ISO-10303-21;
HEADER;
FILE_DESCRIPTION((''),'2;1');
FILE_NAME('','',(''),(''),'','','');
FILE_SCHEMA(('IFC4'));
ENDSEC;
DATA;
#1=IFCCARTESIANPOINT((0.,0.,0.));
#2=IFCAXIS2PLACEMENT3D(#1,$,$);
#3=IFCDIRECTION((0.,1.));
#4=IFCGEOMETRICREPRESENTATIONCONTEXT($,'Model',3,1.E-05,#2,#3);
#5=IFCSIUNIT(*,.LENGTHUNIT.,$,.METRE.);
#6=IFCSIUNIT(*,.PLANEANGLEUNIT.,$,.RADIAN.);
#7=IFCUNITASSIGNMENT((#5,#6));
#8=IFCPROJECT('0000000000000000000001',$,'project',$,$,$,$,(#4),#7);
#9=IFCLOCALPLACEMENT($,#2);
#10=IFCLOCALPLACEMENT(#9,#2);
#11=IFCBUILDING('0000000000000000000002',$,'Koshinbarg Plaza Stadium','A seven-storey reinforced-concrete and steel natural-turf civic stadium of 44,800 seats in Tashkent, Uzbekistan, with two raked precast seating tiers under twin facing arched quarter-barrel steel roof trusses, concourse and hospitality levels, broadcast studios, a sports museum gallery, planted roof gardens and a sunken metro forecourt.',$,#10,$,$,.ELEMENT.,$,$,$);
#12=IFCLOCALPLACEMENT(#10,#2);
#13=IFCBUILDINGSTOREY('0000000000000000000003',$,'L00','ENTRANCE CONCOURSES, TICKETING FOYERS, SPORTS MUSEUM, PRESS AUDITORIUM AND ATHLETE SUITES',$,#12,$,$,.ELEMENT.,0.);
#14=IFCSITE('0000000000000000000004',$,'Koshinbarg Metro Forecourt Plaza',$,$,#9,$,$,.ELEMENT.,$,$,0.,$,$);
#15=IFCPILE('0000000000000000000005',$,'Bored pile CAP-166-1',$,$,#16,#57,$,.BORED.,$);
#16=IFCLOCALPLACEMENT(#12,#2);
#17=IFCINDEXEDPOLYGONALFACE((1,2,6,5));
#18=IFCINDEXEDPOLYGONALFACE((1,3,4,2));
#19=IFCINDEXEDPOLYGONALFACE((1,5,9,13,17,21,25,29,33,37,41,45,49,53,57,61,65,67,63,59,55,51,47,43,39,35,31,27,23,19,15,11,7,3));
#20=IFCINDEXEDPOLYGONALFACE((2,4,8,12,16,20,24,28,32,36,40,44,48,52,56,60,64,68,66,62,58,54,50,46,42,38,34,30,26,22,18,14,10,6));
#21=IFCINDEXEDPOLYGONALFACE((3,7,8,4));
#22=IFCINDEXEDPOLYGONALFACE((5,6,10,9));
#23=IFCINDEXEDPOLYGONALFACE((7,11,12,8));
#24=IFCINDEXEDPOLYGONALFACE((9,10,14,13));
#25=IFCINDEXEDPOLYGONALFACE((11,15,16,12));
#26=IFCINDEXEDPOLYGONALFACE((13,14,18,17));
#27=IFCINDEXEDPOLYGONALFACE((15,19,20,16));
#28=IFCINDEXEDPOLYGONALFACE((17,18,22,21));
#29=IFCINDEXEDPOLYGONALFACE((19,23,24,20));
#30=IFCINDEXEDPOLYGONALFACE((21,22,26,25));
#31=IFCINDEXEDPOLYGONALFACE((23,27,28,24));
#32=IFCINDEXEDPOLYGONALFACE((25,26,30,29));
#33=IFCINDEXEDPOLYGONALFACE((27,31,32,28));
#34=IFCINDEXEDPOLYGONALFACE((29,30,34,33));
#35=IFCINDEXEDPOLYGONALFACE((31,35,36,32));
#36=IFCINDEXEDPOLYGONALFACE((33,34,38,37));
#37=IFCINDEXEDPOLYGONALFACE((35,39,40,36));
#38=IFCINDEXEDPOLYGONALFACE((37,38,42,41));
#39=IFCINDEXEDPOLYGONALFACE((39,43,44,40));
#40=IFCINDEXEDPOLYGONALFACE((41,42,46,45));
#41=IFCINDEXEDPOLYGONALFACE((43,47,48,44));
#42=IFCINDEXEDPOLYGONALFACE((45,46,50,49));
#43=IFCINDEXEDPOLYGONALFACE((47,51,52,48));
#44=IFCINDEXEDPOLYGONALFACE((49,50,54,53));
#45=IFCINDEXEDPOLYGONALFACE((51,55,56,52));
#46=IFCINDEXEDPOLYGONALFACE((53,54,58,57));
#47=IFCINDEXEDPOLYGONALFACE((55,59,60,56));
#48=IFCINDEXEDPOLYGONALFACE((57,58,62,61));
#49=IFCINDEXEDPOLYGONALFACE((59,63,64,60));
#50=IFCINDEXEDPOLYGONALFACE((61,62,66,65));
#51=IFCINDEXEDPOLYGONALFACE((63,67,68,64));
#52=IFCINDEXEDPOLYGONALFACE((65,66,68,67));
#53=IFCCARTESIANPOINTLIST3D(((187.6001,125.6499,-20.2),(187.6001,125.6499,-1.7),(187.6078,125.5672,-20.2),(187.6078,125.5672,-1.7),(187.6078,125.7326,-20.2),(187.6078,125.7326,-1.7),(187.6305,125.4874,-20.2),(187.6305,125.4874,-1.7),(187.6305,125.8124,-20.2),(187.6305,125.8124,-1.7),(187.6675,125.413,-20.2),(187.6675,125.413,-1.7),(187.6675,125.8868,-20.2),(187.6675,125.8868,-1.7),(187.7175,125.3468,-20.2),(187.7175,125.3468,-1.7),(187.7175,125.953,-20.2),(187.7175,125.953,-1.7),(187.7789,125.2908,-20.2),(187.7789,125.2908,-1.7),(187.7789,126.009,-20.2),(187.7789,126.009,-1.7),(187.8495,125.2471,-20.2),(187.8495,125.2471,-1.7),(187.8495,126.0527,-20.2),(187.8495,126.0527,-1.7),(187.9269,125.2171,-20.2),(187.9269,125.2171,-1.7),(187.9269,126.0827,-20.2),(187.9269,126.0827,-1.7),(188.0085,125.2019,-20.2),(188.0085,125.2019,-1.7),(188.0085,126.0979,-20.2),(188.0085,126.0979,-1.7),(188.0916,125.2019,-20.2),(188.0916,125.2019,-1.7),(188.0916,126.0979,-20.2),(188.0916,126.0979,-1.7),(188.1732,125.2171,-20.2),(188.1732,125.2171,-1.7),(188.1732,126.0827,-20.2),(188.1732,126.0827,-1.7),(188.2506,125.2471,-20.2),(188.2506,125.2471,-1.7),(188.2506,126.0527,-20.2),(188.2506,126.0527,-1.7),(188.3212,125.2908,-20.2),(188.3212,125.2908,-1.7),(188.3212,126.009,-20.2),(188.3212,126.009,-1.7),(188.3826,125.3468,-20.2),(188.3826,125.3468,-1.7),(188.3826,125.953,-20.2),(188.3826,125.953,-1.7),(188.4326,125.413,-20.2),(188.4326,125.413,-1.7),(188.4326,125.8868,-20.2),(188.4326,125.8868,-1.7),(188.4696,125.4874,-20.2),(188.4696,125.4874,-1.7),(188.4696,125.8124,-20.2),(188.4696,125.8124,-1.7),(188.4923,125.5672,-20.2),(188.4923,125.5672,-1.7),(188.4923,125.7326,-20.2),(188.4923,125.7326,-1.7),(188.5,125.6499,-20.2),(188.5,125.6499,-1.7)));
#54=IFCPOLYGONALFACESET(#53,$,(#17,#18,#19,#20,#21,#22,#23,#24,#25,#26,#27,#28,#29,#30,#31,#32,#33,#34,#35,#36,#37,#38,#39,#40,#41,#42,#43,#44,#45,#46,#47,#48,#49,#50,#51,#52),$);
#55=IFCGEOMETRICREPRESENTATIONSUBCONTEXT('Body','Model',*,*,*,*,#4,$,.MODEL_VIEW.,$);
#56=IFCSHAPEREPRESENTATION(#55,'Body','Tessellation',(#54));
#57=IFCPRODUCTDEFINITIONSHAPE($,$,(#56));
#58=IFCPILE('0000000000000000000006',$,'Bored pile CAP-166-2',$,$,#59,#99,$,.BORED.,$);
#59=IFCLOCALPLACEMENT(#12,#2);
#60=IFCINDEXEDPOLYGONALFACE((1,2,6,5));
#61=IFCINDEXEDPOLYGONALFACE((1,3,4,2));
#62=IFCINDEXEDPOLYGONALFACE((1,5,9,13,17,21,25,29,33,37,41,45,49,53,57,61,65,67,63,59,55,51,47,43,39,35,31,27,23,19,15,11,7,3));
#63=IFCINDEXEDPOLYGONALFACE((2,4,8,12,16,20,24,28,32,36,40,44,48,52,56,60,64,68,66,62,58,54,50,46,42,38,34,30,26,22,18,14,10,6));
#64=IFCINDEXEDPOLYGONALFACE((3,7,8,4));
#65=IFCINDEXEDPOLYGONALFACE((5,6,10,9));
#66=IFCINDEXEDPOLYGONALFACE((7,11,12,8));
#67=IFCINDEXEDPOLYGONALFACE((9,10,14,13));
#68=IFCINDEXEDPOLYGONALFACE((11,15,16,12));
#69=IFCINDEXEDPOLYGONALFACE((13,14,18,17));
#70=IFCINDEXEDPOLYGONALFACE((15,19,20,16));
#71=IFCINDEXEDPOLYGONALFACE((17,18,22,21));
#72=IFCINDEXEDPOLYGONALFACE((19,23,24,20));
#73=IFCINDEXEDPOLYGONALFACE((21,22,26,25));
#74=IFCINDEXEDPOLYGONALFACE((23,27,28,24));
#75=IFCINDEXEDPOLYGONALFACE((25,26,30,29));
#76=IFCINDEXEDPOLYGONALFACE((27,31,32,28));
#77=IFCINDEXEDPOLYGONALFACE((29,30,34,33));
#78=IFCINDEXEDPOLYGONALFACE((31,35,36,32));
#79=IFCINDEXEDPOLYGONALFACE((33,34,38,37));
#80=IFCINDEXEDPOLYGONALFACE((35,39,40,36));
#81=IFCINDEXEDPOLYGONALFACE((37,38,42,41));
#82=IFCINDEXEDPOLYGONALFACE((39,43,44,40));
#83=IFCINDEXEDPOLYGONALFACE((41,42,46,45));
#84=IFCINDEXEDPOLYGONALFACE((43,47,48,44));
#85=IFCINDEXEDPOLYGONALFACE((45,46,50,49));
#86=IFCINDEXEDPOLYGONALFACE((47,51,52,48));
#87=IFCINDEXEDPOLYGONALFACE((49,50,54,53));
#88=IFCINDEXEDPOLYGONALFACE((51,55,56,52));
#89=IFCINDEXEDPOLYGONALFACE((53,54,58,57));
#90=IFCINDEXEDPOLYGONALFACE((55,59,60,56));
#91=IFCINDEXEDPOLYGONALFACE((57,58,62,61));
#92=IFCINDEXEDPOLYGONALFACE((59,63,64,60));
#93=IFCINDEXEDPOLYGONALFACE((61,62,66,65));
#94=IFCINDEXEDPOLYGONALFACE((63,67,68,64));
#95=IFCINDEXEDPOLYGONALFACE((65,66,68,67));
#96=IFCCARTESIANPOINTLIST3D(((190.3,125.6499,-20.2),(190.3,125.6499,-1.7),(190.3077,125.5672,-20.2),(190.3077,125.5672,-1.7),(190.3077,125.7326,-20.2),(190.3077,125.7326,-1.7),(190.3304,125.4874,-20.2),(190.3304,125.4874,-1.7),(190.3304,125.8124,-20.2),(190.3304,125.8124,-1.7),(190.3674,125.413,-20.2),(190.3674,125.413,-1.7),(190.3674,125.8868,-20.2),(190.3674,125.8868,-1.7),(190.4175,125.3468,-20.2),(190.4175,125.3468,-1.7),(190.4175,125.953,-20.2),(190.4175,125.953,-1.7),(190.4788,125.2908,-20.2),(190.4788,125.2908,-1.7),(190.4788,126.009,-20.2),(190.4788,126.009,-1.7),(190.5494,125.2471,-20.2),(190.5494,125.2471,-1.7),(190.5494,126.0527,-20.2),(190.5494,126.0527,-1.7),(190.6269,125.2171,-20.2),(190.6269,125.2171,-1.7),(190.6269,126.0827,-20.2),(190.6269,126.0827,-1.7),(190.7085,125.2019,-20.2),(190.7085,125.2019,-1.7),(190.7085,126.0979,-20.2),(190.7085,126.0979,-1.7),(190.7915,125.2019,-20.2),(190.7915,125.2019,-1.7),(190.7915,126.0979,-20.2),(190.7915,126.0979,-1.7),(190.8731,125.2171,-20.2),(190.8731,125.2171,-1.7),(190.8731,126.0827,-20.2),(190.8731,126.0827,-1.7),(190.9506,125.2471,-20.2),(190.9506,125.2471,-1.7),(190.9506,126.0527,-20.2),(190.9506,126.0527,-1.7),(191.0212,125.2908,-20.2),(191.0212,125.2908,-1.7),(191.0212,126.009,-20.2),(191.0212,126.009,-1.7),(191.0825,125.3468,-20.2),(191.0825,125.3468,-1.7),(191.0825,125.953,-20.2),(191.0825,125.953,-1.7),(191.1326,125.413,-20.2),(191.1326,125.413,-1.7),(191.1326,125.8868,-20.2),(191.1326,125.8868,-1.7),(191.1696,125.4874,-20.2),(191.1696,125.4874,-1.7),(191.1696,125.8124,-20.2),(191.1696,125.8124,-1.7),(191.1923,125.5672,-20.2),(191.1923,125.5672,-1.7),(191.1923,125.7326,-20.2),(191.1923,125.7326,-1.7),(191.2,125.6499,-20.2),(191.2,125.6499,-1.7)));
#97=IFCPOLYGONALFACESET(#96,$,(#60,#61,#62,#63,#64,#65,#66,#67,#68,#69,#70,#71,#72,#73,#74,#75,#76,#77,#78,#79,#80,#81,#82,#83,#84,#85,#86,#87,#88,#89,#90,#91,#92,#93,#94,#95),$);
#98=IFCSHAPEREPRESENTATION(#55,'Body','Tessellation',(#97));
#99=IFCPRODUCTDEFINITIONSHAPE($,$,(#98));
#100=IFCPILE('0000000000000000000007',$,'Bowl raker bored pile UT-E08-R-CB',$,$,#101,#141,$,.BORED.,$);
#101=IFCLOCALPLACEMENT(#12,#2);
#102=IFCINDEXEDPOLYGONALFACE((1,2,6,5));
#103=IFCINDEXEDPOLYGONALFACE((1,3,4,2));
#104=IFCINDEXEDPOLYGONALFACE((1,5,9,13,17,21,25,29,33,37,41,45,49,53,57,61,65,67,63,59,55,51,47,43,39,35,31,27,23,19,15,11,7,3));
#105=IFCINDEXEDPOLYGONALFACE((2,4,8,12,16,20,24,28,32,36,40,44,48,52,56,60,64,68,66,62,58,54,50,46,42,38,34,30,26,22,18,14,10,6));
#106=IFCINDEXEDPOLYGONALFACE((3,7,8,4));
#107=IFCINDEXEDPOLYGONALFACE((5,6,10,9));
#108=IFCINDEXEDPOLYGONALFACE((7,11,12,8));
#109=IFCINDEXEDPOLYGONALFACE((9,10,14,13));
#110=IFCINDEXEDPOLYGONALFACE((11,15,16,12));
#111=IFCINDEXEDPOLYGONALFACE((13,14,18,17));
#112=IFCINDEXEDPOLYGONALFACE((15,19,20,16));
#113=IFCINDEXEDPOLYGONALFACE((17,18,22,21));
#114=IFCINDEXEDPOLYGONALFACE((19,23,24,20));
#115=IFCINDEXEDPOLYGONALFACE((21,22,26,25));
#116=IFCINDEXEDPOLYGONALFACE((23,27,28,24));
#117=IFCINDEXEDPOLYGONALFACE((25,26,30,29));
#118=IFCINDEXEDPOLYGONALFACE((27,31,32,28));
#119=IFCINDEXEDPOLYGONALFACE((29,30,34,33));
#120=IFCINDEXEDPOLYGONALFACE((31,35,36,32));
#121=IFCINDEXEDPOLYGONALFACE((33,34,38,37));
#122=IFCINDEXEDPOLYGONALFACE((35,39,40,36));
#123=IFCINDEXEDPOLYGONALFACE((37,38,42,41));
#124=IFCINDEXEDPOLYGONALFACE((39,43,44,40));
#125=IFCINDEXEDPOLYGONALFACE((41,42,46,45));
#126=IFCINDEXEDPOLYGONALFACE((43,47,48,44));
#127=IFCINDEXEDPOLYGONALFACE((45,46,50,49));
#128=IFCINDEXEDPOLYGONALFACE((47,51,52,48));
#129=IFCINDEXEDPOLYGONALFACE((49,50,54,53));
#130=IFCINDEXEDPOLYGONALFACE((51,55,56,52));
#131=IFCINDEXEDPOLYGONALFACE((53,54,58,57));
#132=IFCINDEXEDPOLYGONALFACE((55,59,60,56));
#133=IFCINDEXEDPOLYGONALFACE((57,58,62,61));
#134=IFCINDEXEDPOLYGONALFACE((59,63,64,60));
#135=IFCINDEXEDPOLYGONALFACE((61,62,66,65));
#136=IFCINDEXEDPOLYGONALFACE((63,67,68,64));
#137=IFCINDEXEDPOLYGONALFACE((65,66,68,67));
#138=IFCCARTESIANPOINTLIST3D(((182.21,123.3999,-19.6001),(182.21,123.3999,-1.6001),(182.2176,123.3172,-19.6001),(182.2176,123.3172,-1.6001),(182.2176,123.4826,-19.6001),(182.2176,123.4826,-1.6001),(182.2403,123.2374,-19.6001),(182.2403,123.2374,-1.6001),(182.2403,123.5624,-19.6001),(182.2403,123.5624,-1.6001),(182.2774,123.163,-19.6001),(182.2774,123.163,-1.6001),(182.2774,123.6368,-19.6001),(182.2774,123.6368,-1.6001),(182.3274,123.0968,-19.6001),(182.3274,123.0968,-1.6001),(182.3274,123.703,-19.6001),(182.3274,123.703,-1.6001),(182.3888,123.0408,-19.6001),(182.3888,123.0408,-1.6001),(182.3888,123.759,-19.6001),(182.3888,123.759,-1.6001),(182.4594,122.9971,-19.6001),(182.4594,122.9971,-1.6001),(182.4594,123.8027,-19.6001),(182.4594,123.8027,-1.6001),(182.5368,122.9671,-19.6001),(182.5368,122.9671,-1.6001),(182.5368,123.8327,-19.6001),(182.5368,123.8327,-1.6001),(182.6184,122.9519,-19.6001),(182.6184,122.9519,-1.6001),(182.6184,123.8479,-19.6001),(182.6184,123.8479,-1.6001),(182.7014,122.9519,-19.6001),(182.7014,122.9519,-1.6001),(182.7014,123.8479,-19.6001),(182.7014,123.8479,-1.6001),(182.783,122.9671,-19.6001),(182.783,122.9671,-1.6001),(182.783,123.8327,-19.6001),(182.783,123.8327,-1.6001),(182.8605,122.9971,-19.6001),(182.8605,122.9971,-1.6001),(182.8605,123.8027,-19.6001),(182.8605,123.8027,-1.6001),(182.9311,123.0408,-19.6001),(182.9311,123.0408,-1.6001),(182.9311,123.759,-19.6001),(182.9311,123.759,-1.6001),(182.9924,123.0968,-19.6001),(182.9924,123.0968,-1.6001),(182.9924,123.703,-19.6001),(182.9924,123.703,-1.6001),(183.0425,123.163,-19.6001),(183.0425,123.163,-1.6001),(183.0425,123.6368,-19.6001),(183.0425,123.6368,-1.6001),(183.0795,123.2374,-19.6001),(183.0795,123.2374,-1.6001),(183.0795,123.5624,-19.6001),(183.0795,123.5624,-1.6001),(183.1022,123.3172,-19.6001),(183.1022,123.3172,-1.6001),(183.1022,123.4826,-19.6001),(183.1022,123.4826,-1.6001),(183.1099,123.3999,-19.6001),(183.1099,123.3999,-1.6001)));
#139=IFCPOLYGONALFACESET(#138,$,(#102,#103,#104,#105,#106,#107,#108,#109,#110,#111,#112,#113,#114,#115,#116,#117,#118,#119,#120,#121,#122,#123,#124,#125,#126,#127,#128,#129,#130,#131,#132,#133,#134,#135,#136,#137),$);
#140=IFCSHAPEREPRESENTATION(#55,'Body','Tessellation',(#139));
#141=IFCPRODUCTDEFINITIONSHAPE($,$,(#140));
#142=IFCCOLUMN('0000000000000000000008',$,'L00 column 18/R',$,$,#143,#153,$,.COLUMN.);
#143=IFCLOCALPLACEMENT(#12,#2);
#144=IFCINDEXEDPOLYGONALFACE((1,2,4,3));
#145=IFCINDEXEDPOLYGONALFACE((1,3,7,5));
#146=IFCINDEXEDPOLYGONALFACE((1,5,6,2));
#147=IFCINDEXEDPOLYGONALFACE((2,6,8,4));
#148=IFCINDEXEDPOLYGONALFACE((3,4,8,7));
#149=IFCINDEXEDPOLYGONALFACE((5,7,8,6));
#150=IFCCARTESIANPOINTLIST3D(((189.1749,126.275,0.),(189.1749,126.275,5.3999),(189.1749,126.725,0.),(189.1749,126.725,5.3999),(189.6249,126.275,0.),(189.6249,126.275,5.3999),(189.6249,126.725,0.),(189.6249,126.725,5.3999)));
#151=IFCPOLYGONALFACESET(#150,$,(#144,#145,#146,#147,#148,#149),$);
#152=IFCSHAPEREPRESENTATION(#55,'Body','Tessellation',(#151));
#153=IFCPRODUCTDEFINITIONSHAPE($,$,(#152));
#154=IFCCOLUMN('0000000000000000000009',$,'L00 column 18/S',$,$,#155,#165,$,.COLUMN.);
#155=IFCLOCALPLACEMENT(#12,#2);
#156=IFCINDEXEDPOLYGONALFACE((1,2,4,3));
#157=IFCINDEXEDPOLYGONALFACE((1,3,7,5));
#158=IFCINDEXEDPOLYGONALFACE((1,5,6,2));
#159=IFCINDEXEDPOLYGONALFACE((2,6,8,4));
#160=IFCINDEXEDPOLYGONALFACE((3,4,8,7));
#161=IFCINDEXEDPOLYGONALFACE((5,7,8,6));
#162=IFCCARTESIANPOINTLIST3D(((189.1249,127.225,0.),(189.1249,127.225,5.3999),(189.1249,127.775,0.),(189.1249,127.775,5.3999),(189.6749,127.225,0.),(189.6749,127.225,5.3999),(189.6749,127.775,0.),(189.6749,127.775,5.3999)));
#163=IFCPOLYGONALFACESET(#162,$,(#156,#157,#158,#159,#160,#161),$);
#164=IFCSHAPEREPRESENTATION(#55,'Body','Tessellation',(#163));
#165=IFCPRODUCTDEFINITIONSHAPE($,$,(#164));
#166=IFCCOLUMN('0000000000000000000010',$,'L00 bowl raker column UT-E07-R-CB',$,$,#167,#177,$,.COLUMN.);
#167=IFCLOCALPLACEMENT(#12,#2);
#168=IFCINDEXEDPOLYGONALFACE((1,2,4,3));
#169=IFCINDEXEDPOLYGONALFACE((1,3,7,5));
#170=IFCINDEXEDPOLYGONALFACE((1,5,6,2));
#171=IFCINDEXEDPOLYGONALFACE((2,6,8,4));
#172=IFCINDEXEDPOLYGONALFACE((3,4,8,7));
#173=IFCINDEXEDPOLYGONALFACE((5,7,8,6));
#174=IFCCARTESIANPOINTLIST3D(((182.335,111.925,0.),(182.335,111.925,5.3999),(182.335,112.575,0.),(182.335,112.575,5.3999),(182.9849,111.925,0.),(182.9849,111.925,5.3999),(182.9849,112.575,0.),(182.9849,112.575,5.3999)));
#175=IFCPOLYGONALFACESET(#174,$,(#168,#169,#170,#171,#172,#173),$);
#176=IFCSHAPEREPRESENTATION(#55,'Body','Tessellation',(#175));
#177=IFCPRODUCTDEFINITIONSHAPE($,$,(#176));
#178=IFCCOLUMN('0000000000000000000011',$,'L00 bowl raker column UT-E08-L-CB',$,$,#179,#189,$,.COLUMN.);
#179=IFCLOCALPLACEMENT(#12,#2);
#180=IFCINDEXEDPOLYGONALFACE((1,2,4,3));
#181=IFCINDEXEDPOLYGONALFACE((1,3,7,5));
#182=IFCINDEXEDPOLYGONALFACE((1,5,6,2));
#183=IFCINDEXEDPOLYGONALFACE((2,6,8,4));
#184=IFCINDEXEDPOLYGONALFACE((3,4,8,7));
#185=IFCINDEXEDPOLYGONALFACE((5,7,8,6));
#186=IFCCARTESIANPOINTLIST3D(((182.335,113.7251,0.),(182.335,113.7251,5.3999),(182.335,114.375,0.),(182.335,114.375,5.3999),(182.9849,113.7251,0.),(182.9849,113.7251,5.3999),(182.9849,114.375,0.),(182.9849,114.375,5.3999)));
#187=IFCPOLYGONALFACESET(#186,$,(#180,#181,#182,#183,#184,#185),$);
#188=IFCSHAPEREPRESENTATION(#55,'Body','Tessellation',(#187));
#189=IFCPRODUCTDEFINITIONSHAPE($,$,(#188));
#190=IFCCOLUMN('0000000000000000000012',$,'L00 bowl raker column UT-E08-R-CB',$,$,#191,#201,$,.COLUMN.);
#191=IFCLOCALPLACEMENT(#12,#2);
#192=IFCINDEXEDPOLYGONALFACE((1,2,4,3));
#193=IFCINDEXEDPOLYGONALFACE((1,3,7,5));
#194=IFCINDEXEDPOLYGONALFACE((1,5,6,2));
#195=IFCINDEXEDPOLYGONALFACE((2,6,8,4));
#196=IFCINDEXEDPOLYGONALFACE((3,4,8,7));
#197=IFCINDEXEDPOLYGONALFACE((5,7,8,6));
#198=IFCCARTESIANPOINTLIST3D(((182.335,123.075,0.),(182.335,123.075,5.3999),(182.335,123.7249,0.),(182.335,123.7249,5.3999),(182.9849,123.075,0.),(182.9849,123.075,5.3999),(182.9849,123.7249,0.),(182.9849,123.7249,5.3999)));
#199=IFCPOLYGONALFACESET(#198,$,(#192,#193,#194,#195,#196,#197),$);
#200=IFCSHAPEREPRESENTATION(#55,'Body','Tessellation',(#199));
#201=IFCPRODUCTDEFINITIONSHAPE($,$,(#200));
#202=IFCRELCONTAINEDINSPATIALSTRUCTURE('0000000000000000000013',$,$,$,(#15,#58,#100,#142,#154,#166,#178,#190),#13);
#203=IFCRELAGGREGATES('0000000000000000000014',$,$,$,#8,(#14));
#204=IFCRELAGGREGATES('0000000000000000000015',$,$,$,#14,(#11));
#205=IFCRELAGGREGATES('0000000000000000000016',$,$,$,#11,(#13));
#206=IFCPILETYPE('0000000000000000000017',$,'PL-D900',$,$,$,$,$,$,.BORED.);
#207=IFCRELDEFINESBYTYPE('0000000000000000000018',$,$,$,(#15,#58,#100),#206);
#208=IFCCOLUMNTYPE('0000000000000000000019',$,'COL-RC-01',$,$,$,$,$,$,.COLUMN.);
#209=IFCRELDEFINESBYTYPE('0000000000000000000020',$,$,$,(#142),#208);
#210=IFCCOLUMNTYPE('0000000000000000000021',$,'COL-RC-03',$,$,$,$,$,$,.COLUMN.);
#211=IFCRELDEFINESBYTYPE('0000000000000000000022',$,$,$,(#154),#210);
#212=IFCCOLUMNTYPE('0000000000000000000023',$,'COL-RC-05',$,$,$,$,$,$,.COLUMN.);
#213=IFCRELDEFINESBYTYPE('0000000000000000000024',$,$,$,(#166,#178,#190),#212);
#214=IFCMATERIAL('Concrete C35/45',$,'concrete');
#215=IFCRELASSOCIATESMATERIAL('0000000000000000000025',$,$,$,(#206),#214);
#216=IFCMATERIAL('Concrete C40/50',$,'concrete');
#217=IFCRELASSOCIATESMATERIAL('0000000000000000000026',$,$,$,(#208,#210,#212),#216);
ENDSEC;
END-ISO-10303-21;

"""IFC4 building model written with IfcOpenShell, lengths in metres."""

from ifc_helpers import new_model, si_unit, direction, frame, origin, origin_2d, place, context, subcontext, project, spatial, rectangle, circle, extrude, material, material_profile, profile_set, type_object, element, save


model = new_model("IFC4")

# Units and contexts
model_context = context("Model", 3, precision=1e-05, world=origin(), true_north=direction((0.0, 1.0)))
body_context = subcontext(model_context, "Body", "Model", "MODEL_VIEW")
ifc_project = project(units=[si_unit("LENGTHUNIT", "METRE"), si_unit("PLANEANGLEUNIT", "RADIAN")], contexts=[model_context])

# Site, building, storey
site_placement = place(None, origin())
site = spatial("IfcSite", under=ifc_project, at=site_placement, Name="Koshinbarg Metro Forecourt Plaza", CompositionType="ELEMENT", RefElevation=0.0)
building_placement = place(site_placement, origin())
building = spatial("IfcBuilding", under=site, at=building_placement, Name="Koshinbarg Plaza Stadium", Description="A seven-storey reinforced-concrete and steel natural-turf civic stadium of 44,800 seats in Tashkent, Uzbekistan, with two raked precast seating tiers under twin facing arched quarter-barrel steel roof trusses, concourse and hospitality levels, broadcast studios, a sports museum gallery, planted roof gardens and a sunken metro forecourt.", CompositionType="ELEMENT")
storey_placement = place(building_placement, origin())
storey = spatial("IfcBuildingStorey", under=building, at=storey_placement, Name="L00", Description="ENTRANCE CONCOURSES, TICKETING FOYERS, SPORTS MUSEUM, PRESS AUDITORIUM AND ATHLETE SUITES", CompositionType="ELEMENT", Elevation=0.0)

# Shared definitions
ifc_material_1 = material(Name="Concrete C35/45", Category="concrete")

# Piles
ifc_material_profile_1 = material_profile(ifc_material_1, circle(Radius=0.45, at=origin_2d()), Name="PILE D900")
ifc_profile_set_1 = profile_set([ifc_material_profile_1], Name="Concrete C35/45")
pile_type = type_object("IfcPileType", Name="PL-D900", PredefinedType="BORED", material=ifc_profile_set_1)
for number, where, z_axis, x_axis, name in (
    (1, (188.05, 125.6499, -1.7), (0.0, 0.0, -1.0), (1.0, 0.0, 0.0), "Bored pile CAP-166-1"),
    (2, (190.75, 125.6499, -1.7), (0.0, 0.0, -1.0), (1.0, 0.0, 0.0), "Bored pile CAP-166-2"),
):
    element("IfcPile", number, at=place(storey_placement, frame(where, z_axis=z_axis, x_axis=x_axis)), inside=storey, type_object=pile_type, Name=name, PredefinedType="BORED", context=body_context, shape_type="SweptSolid", body=[
        extrude(circle(Radius=0.45, at=origin_2d()), origin(), (0.0, 0.0, 1.0), 18.5),
    ])
pile_1_placement = place(storey_placement, frame((182.6599, 123.3999, -1.6001), z_axis=(0.0, 0.0, -1.0), x_axis=(1.0, 0.0, 0.0)))
element("IfcPile", 3, at=pile_1_placement, inside=storey, type_object=pile_type, Name="Bowl raker bored pile UT-E08-R-CB", PredefinedType="BORED", context=body_context, shape_type="SweptSolid", body=[
    extrude(circle(Radius=0.45, at=origin_2d()), origin(), (0.0, 0.0, 1.0), 18.0),
])

# Columns
ifc_material_2 = material(Name="Concrete C40/50", Category="concrete")
ifc_material_profile_2 = material_profile(ifc_material_2, rectangle(XDim=0.45, YDim=0.45, at=origin_2d()), Name="RC 450x450")
ifc_profile_set_2 = profile_set([ifc_material_profile_2], Name="Concrete C40/50")
column_type_1 = type_object("IfcColumnType", Name="COL-RC-01", PredefinedType="COLUMN", material=ifc_profile_set_2)
column_1_placement = place(storey_placement, frame((189.3999, 126.5, 0.0), z_axis=(0.0, 0.0, 1.0), x_axis=(1.0, 0.0, 0.0)))
element("IfcColumn", 4, at=column_1_placement, inside=storey, type_object=column_type_1, Name="L00 column 18/R", PredefinedType="COLUMN", context=body_context, shape_type="SweptSolid", body=[
    extrude(rectangle(XDim=0.45, YDim=0.45, at=origin_2d()), origin(), (0.0, 0.0, 1.0), 5.3999),
])
ifc_material_profile_3 = material_profile(ifc_material_2, rectangle(XDim=0.55, YDim=0.55, at=origin_2d()), Name="RC 550x550")
ifc_profile_set_3 = profile_set([ifc_material_profile_3], Name="Concrete C40/50")
column_type_2 = type_object("IfcColumnType", Name="COL-RC-03", PredefinedType="COLUMN", material=ifc_profile_set_3)
column_2_placement = place(storey_placement, frame((189.3999, 127.5, 0.0), z_axis=(0.0, 0.0, 1.0), x_axis=(1.0, 0.0, 0.0)))
element("IfcColumn", 5, at=column_2_placement, inside=storey, type_object=column_type_2, Name="L00 column 18/S", PredefinedType="COLUMN", context=body_context, shape_type="SweptSolid", body=[
    extrude(rectangle(XDim=0.55, YDim=0.55, at=origin_2d()), origin(), (0.0, 0.0, 1.0), 5.3999),
])
ifc_material_profile_4 = material_profile(ifc_material_2, rectangle(XDim=0.6499, YDim=0.6499, at=origin_2d()), Name="RC 650x650")
ifc_profile_set_4 = profile_set([ifc_material_profile_4], Name="Concrete C40/50")
column_type_3 = type_object("IfcColumnType", Name="COL-RC-05", PredefinedType="COLUMN", material=ifc_profile_set_4)
for number, where, z_axis, x_axis, name in (
    (6, (182.6599, 112.25, 0.0), (0.0, 0.0, 1.0), (1.0, 0.0, 0.0), "L00 bowl raker column UT-E07-R-CB"),
    (7, (182.6599, 114.05, 0.0), (0.0, 0.0, 1.0), (1.0, 0.0, 0.0), "L00 bowl raker column UT-E08-L-CB"),
    (8, (182.6599, 123.3999, 0.0), (0.0, 0.0, 1.0), (1.0, 0.0, 0.0), "L00 bowl raker column UT-E08-R-CB"),
):
    element("IfcColumn", number, at=place(storey_placement, frame(where, z_axis=z_axis, x_axis=x_axis)), inside=storey, type_object=column_type_3, Name=name, PredefinedType="COLUMN", context=body_context, shape_type="SweptSolid", body=[
        extrude(rectangle(XDim=0.6499, YDim=0.6499, at=origin_2d()), origin(), (0.0, 0.0, 1.0), 5.3999),
    ])

save(model, "model.ifc")
